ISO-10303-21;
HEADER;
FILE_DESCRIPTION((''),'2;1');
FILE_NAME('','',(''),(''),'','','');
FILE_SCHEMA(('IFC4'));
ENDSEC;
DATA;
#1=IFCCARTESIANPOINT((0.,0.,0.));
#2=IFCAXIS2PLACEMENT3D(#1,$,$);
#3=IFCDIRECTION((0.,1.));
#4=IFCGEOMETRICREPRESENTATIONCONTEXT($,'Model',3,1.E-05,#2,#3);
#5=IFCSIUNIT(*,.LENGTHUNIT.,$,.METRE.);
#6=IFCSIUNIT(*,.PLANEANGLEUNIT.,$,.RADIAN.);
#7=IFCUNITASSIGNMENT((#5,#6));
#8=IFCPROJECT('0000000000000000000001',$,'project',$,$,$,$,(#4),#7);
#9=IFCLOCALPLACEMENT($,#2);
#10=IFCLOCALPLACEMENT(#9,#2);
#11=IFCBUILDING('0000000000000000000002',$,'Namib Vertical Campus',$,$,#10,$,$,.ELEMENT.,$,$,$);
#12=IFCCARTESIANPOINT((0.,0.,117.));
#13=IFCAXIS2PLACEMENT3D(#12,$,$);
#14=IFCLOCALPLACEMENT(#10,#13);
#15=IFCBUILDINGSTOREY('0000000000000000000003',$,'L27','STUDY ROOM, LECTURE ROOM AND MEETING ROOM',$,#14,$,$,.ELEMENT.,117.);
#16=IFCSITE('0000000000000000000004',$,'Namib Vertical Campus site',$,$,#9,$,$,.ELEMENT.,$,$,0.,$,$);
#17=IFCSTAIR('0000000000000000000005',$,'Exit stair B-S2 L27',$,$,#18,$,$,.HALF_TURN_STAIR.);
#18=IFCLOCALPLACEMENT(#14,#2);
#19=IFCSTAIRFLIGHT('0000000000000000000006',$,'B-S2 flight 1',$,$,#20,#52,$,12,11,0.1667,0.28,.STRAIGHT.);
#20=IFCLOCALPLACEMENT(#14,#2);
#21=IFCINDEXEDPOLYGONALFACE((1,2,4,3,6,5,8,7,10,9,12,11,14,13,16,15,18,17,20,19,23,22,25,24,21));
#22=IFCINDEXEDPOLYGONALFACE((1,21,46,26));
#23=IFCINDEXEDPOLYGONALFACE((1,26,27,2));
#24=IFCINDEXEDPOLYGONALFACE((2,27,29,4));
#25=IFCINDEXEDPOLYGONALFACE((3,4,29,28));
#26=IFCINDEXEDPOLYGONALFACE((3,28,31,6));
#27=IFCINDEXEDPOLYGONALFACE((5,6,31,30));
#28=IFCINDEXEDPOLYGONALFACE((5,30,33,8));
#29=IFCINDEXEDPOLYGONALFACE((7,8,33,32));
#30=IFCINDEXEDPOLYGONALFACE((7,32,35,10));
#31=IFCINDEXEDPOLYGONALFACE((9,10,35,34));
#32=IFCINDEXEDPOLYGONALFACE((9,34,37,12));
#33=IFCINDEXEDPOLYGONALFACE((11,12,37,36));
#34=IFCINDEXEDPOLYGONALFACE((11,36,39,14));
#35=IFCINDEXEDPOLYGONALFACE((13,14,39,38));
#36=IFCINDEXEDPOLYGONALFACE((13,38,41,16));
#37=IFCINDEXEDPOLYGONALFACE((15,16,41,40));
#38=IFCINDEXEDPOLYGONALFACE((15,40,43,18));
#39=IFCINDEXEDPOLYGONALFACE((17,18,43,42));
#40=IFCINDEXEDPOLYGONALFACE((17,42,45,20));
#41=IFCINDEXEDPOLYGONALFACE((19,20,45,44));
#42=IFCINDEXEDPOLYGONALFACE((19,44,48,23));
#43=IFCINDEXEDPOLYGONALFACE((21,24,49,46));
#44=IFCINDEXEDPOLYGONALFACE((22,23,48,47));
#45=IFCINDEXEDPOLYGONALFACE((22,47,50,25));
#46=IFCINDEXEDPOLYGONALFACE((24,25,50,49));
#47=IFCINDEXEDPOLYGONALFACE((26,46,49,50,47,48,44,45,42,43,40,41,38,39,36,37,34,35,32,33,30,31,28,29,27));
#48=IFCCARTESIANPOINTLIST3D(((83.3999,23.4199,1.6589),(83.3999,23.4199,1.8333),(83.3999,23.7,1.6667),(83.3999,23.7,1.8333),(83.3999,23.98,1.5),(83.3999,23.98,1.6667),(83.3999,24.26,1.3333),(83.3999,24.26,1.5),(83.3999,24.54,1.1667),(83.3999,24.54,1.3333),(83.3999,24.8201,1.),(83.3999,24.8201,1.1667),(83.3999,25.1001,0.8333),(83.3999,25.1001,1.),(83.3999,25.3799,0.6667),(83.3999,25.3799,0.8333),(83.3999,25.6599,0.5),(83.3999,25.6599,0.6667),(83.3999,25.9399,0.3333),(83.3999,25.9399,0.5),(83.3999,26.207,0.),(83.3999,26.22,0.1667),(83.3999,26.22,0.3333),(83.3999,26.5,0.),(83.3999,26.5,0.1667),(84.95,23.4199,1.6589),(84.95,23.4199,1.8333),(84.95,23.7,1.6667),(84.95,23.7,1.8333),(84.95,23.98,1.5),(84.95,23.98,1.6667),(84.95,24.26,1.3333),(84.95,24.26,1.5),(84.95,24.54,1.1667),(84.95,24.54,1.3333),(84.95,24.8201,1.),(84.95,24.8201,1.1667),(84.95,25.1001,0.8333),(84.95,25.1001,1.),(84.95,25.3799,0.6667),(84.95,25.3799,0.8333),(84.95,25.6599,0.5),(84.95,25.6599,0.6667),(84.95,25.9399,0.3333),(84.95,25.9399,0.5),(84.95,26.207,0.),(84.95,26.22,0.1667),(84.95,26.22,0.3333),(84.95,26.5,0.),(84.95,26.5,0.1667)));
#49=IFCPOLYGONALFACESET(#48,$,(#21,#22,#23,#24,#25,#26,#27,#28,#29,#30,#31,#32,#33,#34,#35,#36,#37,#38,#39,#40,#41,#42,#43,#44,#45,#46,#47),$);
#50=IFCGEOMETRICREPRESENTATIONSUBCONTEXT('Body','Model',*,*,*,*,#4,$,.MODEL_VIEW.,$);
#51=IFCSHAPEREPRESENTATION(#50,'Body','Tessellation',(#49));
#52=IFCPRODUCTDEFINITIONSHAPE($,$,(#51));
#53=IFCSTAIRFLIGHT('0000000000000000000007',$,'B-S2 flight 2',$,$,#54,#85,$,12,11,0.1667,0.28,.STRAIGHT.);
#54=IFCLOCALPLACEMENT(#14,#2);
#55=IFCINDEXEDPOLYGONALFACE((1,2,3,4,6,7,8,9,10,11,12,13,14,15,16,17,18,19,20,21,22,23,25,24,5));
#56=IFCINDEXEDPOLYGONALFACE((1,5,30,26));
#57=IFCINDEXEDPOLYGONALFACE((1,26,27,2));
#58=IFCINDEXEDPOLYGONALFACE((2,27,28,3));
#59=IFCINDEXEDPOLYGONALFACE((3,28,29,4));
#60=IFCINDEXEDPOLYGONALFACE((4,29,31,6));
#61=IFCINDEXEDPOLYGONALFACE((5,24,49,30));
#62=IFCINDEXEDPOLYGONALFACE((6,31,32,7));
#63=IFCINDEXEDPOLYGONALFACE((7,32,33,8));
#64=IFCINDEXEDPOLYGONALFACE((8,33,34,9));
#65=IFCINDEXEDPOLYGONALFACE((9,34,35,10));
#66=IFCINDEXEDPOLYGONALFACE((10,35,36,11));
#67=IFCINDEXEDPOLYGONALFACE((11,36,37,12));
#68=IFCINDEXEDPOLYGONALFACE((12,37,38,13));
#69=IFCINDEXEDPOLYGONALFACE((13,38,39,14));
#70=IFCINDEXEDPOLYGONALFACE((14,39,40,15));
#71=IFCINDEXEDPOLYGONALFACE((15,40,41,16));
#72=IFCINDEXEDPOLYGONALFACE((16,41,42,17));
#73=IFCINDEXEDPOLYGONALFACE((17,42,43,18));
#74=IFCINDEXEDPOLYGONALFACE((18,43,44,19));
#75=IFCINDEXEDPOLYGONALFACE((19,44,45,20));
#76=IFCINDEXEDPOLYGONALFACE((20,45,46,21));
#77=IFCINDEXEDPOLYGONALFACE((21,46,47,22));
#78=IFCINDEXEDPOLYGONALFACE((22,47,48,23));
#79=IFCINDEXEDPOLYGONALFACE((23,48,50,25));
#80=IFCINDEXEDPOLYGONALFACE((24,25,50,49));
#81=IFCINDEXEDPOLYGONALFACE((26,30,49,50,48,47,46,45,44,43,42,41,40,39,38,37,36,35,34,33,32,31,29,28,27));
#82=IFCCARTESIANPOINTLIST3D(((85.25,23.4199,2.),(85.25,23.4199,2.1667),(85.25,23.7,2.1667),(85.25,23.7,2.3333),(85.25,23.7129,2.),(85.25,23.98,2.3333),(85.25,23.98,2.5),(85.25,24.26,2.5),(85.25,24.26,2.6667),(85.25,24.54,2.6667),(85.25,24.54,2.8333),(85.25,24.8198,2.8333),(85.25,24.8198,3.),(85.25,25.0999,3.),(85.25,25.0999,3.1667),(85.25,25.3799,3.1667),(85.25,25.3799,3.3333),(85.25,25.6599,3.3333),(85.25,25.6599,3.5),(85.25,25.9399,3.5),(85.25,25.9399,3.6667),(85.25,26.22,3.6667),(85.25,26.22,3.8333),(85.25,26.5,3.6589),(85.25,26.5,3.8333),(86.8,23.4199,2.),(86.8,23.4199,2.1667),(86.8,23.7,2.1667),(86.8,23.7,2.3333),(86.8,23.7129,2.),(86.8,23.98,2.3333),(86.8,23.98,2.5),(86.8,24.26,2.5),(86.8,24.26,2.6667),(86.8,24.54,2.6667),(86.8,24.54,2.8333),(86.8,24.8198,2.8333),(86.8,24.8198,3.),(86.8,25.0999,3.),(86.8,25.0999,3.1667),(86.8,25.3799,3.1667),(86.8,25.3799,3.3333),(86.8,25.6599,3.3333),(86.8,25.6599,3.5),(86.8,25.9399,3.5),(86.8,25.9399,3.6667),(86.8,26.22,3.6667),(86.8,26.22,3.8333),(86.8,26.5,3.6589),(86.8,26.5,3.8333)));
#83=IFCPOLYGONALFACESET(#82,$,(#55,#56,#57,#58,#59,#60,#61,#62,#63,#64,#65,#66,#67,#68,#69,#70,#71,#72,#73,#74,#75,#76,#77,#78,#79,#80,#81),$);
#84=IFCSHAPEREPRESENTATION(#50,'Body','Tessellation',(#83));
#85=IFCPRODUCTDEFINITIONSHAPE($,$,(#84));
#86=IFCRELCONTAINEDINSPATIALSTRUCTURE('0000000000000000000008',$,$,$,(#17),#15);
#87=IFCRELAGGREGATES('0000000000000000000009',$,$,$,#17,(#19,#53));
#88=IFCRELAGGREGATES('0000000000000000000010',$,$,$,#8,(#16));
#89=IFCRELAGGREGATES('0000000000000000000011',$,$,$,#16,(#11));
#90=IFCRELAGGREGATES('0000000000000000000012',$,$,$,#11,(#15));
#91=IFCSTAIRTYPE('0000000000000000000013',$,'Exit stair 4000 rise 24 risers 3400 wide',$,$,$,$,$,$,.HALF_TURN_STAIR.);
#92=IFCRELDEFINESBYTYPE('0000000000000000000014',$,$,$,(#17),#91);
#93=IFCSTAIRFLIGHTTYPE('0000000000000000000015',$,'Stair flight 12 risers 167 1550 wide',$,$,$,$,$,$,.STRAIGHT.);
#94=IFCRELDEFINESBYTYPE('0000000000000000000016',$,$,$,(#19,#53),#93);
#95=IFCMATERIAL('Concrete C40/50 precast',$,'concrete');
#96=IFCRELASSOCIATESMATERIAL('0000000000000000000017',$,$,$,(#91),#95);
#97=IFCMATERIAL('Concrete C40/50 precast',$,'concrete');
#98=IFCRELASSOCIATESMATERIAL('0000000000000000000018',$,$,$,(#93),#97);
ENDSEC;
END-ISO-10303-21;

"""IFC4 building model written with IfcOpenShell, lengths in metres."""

from ifc_helpers import new_model, si_unit, direction, frame, origin, place, context, subcontext, project, spatial, polyline, outline, extrude, material, type_object, element, aggregate, save


model = new_model("IFC4")

# Units and contexts
model_context = context("Model", 3, precision=1e-05, world=origin(), true_north=direction((0.0, 1.0)))
body_context = subcontext(model_context, "Body", "Model", "MODEL_VIEW")
ifc_project = project(units=[si_unit("LENGTHUNIT", "METRE"), si_unit("PLANEANGLEUNIT", "RADIAN")], contexts=[model_context])

# Site, building, storey
site_placement = place(None, origin())
site = spatial("IfcSite", under=ifc_project, at=site_placement, Name="Namib Vertical Campus site", CompositionType="ELEMENT", RefElevation=0.0)
building_placement = place(site_placement, origin())
building = spatial("IfcBuilding", under=site, at=building_placement, Name="Namib Vertical Campus", CompositionType="ELEMENT")
storey_placement = place(building_placement, frame((0.0, 0.0, 117.0)))
storey = spatial("IfcBuildingStorey", under=building, at=storey_placement, Name="L27", Description="STUDY ROOM, LECTURE ROOM AND MEETING ROOM", CompositionType="ELEMENT", Elevation=117.0)

# Stair, stair flights
ifc_material_1 = material(Name="Concrete C40/50 precast", Category="concrete")
stair_type = type_object("IfcStairType", Name="Exit stair 4000 rise 24 risers 3400 wide", PredefinedType="HALF_TURN_STAIR", material=ifc_material_1)
stair_placement = place(storey_placement, origin())
stair = element("IfcStair", 1, at=stair_placement, inside=storey, type_object=stair_type, Name="Exit stair B-S2 L27", PredefinedType="HALF_TURN_STAIR")
ifc_material_2 = material(Name="Concrete C40/50 precast", Category="concrete")
stair_flight_type = type_object("IfcStairFlightType", Name="Stair flight 12 risers 167 1550 wide", PredefinedType="STRAIGHT", material=ifc_material_2)
stair_flight_1_placement = place(storey_placement, frame((84.175, 26.5, 0.0), z_axis=(0.0, 0.0, 1.0), x_axis=(0.0, -1.0, 0.0)))
stair_flight_1 = element("IfcStairFlight", 2, at=stair_flight_1_placement, type_object=stair_flight_type, Name="B-S2 flight 1", NumberOfRisers=12, NumberOfTreads=11, PredefinedType="STRAIGHT", RiserHeight=0.1667, TreadLength=0.28, context=body_context, shape_type="SweptSolid", body=[
    extrude(outline(polyline([(0.0, 0.0), (0.0, 0.1667), (0.28, 0.1667), (0.28, 0.3333), (0.5601, 0.3333), (0.5601, 0.5), (0.8401, 0.5), (0.8401, 0.6667), (1.1201, 0.6667), (1.1201, 0.8333), (1.3999, 0.8333), (1.3999, 1.0), (1.6799, 1.0), (1.6799, 1.1667), (1.96, 1.1667), (1.96, 1.3333), (2.24, 1.3333), (2.24, 1.5), (2.52, 1.5), (2.52, 1.6667), (2.8, 1.6667), (2.8, 1.8333), (3.0801, 1.8333), (3.0801, 2.0), (3.0801, 1.6589), (0.293, 0.0), (0.0, 0.0)])), frame((0.0, 0.7749, 0.0), z_axis=(0.0, -1.0, 0.0), x_axis=(1.0, 0.0, 0.0)), (0.0, 0.0, 1.0), 1.55),
])
stair_flight_2_placement = place(storey_placement, frame((86.0249, 23.4199, 2.0), z_axis=(0.0, 0.0, 1.0), x_axis=(0.0, 1.0, 0.0)))
stair_flight_2 = element("IfcStairFlight", 3, at=stair_flight_2_placement, type_object=stair_flight_type, Name="B-S2 flight 2", NumberOfRisers=12, NumberOfTreads=11, PredefinedType="STRAIGHT", RiserHeight=0.1667, TreadLength=0.28, context=body_context, shape_type="SweptSolid", body=[
    extrude(outline(polyline([(0.0, 0.0), (0.0, 0.1667), (0.28, 0.1667), (0.28, 0.3333), (0.5601, 0.3333), (0.5601, 0.5), (0.8401, 0.5), (0.8401, 0.6667), (1.1201, 0.6667), (1.1201, 0.8333), (1.3999, 0.8333), (1.3999, 1.0), (1.6799, 1.0), (1.6799, 1.1667), (1.96, 1.1667), (1.96, 1.3333), (2.24, 1.3333), (2.24, 1.5), (2.52, 1.5), (2.52, 1.6667), (2.8, 1.6667), (2.8, 1.8333), (3.0801, 1.8333), (3.0801, 2.0), (3.0801, 1.6589), (0.293, 0.0), (0.0, 0.0)])), frame((0.0, 0.7749, 0.0), z_axis=(0.0, -1.0, 0.0), x_axis=(1.0, 0.0, 0.0)), (0.0, 0.0, 1.0), 1.55),
])
aggregate(stair, [stair_flight_1, stair_flight_2])

save(model, "model.ifc")
